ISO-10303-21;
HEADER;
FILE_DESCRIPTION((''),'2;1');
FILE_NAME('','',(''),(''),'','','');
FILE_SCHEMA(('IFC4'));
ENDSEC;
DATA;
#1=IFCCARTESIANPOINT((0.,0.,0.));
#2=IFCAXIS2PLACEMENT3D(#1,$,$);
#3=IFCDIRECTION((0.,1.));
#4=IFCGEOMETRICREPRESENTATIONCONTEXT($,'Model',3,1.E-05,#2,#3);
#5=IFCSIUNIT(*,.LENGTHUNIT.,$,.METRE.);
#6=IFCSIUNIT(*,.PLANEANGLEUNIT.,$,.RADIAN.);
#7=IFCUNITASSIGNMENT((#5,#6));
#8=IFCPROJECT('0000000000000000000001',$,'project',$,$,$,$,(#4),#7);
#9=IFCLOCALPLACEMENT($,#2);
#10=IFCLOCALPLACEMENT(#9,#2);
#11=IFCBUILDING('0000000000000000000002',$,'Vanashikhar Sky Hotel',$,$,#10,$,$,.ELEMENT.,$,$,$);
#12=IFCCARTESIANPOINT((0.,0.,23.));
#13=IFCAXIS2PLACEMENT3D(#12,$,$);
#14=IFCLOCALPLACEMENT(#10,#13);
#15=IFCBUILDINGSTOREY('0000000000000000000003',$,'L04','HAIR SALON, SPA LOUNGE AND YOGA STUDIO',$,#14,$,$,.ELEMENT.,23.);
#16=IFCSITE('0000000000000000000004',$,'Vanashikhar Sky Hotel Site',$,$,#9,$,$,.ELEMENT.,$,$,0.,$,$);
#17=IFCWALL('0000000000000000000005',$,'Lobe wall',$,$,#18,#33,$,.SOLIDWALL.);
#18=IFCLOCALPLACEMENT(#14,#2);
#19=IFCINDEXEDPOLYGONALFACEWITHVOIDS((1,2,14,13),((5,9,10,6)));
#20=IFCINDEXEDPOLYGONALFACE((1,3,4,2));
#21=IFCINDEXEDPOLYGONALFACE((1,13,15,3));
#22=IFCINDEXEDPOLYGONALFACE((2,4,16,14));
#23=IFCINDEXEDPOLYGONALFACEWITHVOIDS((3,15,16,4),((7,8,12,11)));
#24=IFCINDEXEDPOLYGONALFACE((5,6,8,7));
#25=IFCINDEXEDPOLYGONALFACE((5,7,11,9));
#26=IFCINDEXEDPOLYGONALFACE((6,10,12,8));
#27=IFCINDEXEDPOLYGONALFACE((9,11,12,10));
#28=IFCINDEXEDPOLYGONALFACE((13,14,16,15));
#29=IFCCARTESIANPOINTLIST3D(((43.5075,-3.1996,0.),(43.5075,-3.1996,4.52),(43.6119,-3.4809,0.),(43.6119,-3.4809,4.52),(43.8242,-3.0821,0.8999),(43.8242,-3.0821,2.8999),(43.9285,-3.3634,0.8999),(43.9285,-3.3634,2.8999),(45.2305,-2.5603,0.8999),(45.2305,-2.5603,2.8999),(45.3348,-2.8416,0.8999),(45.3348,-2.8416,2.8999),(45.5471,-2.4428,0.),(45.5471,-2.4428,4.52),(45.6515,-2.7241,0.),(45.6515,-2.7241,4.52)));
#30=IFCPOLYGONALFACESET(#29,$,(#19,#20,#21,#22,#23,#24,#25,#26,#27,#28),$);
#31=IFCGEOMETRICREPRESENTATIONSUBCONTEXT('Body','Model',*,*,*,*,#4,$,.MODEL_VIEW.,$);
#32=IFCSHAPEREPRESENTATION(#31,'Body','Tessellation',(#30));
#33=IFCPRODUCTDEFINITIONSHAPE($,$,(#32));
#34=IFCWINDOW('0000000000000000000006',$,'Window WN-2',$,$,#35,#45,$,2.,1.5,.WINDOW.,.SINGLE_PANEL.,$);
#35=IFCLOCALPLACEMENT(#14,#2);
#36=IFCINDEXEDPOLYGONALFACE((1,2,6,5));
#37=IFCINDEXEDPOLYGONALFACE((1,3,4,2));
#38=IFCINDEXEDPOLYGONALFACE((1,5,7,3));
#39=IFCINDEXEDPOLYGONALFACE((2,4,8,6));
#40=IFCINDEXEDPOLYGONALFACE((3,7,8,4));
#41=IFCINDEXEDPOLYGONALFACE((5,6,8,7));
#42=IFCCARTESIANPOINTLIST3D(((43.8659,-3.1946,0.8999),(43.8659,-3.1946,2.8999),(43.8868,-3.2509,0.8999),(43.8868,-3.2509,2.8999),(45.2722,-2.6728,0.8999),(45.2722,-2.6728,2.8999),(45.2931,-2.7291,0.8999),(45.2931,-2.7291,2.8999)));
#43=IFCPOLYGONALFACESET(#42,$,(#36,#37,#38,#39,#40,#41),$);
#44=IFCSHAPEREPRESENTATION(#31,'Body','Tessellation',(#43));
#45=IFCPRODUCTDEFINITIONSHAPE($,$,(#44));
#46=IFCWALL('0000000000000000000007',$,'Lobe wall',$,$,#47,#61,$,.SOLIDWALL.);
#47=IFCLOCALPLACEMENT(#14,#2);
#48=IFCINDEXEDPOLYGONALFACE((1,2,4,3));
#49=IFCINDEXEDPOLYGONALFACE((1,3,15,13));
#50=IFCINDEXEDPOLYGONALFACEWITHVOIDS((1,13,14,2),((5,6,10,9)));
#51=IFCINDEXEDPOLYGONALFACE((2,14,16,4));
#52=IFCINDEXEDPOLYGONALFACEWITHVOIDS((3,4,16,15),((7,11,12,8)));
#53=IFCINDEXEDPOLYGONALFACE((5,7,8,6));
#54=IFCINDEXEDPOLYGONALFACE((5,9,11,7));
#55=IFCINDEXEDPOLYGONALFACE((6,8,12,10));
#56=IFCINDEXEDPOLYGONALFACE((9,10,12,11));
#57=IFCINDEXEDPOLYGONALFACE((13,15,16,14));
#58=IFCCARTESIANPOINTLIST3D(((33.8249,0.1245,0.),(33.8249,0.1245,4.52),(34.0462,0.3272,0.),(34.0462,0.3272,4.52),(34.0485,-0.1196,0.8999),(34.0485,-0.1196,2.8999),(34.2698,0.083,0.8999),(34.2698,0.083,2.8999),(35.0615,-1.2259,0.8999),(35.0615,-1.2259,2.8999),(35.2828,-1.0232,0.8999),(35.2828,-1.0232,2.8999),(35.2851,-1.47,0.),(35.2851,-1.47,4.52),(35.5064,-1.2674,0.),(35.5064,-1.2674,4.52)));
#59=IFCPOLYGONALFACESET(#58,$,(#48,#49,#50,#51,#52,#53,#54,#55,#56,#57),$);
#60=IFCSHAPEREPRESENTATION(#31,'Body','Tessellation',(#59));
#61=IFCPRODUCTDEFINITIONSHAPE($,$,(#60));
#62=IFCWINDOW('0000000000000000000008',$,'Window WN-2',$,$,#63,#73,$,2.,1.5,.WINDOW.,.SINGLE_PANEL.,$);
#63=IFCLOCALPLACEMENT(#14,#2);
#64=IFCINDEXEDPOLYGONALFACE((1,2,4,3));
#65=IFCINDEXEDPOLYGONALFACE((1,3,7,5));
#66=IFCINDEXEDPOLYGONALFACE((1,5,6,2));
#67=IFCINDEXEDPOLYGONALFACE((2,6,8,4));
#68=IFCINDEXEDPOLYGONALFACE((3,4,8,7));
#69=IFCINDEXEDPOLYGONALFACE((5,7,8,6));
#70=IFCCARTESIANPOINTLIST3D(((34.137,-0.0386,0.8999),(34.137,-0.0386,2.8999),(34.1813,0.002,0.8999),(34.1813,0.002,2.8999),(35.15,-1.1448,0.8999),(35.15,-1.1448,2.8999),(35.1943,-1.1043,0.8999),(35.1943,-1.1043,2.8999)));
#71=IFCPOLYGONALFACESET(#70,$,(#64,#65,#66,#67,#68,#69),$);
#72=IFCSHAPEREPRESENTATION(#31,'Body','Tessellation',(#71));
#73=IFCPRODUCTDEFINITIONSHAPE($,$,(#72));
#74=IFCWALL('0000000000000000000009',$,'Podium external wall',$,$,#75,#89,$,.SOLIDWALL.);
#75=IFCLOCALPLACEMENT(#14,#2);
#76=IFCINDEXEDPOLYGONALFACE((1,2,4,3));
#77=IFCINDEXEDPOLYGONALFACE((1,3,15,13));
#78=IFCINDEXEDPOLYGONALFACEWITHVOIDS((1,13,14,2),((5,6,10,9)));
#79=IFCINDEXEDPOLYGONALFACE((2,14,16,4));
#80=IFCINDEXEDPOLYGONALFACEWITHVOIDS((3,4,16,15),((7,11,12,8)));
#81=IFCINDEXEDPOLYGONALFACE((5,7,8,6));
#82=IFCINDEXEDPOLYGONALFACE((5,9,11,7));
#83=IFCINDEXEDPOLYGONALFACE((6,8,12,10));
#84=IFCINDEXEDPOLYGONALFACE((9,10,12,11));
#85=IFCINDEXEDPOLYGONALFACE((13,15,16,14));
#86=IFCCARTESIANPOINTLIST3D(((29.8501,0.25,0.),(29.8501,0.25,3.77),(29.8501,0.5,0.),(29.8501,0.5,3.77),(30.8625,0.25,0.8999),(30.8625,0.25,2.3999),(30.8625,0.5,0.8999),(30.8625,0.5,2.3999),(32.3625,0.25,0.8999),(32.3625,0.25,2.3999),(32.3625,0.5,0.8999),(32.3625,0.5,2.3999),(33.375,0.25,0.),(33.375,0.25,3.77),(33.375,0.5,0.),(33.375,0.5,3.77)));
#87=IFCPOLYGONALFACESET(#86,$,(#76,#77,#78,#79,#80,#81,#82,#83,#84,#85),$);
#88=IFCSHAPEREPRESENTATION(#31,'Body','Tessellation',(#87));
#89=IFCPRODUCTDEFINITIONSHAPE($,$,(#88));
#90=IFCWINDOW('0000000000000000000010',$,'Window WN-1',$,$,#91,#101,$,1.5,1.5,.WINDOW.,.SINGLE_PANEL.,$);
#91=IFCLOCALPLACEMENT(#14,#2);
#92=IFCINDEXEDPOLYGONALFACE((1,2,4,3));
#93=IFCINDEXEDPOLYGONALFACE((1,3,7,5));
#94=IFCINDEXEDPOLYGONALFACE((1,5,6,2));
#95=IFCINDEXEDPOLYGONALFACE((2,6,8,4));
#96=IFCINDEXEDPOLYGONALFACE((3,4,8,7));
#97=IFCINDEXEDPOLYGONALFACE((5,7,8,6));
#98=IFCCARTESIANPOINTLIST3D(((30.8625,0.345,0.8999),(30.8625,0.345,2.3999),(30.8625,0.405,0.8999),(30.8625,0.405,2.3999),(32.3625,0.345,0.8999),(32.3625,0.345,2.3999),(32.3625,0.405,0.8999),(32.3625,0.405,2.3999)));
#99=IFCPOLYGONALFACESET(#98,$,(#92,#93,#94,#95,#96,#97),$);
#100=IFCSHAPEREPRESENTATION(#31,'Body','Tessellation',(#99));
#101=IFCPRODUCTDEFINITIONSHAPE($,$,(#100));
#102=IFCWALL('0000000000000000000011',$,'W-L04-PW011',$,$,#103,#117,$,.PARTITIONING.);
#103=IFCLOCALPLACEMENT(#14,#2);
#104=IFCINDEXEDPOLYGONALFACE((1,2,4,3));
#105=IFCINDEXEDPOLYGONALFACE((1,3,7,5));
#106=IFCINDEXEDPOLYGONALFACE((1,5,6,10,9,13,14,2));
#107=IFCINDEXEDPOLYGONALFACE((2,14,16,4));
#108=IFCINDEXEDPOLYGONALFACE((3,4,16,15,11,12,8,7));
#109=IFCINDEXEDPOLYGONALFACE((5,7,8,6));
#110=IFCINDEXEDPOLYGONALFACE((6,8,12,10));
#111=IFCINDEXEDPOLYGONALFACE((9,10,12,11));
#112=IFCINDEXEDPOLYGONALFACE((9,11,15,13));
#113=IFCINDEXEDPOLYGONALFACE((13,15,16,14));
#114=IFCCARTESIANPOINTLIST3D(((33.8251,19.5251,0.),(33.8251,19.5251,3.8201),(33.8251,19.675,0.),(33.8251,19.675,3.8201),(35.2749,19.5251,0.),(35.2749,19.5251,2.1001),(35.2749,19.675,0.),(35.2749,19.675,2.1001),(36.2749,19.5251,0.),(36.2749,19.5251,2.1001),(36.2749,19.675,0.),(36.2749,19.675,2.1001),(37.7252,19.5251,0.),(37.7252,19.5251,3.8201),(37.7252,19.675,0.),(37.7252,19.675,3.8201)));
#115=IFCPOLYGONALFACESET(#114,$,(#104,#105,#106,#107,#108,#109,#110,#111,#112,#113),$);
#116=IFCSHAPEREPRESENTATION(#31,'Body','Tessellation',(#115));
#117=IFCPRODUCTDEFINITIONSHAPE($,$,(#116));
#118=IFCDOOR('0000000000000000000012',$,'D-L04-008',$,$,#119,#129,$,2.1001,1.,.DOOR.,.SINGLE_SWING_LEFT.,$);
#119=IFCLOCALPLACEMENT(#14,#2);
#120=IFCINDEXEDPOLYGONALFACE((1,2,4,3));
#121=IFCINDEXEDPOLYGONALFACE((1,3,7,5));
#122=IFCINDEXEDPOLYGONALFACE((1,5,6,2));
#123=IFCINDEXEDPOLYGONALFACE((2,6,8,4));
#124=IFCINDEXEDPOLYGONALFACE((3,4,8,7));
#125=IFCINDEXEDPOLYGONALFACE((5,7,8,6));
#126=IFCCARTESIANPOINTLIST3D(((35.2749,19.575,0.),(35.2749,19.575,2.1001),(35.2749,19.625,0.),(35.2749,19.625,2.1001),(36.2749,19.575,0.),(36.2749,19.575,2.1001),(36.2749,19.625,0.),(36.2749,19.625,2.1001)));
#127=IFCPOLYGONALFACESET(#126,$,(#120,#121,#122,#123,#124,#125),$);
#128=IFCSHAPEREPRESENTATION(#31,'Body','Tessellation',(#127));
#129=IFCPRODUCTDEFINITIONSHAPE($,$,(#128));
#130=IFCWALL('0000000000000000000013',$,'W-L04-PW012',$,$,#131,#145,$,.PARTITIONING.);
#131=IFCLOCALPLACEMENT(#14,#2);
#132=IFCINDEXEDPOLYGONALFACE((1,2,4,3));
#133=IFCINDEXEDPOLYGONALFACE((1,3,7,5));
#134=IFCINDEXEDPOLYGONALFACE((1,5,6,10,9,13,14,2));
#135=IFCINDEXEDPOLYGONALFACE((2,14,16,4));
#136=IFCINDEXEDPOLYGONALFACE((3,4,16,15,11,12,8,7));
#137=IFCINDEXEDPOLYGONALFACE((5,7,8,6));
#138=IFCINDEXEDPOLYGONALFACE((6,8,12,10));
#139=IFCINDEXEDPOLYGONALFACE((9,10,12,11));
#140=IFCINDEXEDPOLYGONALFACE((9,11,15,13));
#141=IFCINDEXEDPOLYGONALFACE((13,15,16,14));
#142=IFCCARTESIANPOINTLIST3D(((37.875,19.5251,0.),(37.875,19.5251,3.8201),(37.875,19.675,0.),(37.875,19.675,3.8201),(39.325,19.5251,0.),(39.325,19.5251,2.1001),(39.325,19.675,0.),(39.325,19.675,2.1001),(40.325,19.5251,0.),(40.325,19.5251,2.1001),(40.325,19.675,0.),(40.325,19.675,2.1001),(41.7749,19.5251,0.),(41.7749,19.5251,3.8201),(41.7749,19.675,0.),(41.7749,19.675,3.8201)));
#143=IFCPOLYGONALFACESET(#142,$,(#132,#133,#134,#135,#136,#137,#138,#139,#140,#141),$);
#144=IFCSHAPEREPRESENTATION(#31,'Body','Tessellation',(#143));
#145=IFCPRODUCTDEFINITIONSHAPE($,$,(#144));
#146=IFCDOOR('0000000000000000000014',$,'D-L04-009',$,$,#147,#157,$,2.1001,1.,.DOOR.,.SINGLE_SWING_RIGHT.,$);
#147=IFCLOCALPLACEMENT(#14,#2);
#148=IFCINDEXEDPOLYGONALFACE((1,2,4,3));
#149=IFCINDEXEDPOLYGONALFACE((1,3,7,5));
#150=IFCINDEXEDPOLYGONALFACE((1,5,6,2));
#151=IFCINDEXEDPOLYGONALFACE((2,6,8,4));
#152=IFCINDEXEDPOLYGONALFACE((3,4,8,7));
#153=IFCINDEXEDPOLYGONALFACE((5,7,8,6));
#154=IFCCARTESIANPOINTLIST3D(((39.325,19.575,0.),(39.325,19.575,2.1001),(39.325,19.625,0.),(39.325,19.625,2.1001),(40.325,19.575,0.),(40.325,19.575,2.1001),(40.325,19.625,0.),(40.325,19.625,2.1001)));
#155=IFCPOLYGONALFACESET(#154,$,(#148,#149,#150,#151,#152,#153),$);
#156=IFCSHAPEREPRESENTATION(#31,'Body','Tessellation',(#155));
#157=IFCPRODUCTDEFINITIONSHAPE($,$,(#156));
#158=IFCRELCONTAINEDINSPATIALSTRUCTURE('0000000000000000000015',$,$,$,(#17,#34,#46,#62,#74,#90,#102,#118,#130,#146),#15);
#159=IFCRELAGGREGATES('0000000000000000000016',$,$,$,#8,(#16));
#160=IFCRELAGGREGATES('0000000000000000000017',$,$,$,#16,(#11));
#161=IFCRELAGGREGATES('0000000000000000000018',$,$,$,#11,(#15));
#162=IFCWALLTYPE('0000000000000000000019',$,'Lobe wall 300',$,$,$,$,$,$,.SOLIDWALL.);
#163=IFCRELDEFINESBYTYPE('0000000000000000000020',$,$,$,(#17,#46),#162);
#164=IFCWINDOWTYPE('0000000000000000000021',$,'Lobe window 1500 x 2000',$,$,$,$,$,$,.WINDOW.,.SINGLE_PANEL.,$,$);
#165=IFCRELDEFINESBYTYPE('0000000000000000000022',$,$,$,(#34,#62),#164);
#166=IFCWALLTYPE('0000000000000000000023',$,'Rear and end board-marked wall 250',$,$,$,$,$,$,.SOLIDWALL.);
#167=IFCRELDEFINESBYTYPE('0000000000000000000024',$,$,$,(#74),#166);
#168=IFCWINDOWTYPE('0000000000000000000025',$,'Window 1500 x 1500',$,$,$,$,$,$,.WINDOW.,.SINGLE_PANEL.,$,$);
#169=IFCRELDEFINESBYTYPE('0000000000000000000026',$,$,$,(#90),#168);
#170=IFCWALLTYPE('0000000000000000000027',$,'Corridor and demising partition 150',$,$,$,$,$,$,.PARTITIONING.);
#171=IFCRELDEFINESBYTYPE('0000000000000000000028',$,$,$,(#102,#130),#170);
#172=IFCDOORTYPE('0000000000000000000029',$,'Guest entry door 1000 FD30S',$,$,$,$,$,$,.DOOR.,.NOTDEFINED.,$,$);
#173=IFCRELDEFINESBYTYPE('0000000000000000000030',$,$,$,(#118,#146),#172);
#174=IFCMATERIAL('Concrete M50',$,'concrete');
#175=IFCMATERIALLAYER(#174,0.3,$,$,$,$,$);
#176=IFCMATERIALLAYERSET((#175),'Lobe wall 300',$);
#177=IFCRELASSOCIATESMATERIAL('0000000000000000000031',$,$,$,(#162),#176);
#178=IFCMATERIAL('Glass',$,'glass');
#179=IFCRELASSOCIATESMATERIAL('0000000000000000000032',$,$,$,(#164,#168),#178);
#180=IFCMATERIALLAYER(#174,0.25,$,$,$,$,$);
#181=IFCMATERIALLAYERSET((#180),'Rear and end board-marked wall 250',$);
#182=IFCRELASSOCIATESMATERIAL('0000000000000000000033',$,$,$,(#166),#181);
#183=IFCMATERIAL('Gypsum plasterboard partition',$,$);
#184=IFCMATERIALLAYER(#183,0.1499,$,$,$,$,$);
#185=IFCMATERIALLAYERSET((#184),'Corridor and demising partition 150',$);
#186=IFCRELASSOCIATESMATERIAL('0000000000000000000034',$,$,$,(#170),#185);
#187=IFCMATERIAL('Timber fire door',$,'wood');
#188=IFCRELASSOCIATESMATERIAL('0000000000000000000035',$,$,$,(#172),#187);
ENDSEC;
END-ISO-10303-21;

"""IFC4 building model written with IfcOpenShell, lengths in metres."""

from ifc_helpers import new_model, si_unit, direction, frame, frame_2d, origin, place, context, subcontext, project, spatial, rectangle, extrude, source, transform, mapped, material, layer, layer_set, type_object, element, fill, save


model = new_model("IFC4")

# Units and contexts
model_context = context("Model", 3, precision=1e-05, world=origin(), true_north=direction((0.0, 1.0)))
body_context = subcontext(model_context, "Body", "Model", "MODEL_VIEW")
ifc_project = project(units=[si_unit("LENGTHUNIT", "METRE"), si_unit("PLANEANGLEUNIT", "RADIAN")], contexts=[model_context])

# Site, building, storey
site_placement = place(None, origin())
site = spatial("IfcSite", under=ifc_project, at=site_placement, Name="Vanashikhar Sky Hotel Site", CompositionType="ELEMENT", RefElevation=0.0)
building_placement = place(site_placement, origin())
building = spatial("IfcBuilding", under=site, at=building_placement, Name="Vanashikhar Sky Hotel", CompositionType="ELEMENT")
storey_placement = place(building_placement, frame((0.0, 0.0, 23.0)))
storey = spatial("IfcBuildingStorey", under=building, at=storey_placement, Name="L04", Description="HAIR SALON, SPA LOUNGE AND YOGA STUDIO", CompositionType="ELEMENT", Elevation=23.0)

# Shared definitions
ifc_material_1 = material(Name="Concrete M50", Category="concrete")

# Walls, openings, windows
ifc_layer_1 = layer(ifc_material_1, 0.3)
ifc_layer_set_1 = layer_set([ifc_layer_1], Name="Lobe wall 300")
wall_type_1 = type_object("IfcWallType", Name="Lobe wall 300", PredefinedType="SOLIDWALL", material=ifc_layer_set_1)
shared_shape_1 = source(origin(), body_context, "Body", "SweptSolid", [
    extrude(rectangle(XDim=1.5, YDim=2.0, at=frame_2d((0.75, 1.0))), frame((0.0, 0.1602, 0.0), z_axis=(0.0, -1.0, 0.0), x_axis=(1.0, 0.0, 0.0)), (0.0, 0.0, 1.0), 0.3201),
])
ifc_material_2 = material(Name="Glass", Category="glass")
window_type_1 = type_object("IfcWindowType", Name="Lobe window 1500 x 2000", PartitioningType="SINGLE_PANEL", PredefinedType="WINDOW", material=ifc_material_2)
shared_shape_2 = source(origin(), body_context, "Body", "SweptSolid", [
    extrude(rectangle(XDim=1.5, YDim=2.0, at=frame_2d((0.75, 1.0))), frame((0.0, 0.03, 0.0), z_axis=(0.0, -1.0, 0.0), x_axis=(1.0, 0.0, 0.0)), (0.0, 0.0, 1.0), 0.0601),
])
shared_shape_3 = source(origin(), body_context, "Body", "SweptSolid", [
    extrude(rectangle(XDim=2.1755, YDim=0.3, at=frame_2d((1.0879, 0.0))), origin(), (0.0, 0.0, 1.0), 4.52),
])
wall_1_placement = place(storey_placement, frame((43.5596, -3.3403, 0.0), z_axis=(0.0, 0.0, 1.0), x_axis=(0.937532, 0.347899, 0.0)))
wall_1 = element("IfcWall", 1, at=wall_1_placement, inside=storey, type_object=wall_type_1, Name="Lobe wall", PredefinedType="SOLIDWALL", context=body_context, shape_type="MappedRepresentation", body=[
    mapped(shared_shape_3, transform((0.0, 0.0, 0.0), scale=1.0)),
])
opening_1_placement = place(wall_1_placement, frame((0.3379, 0.0, 0.8999)))
opening_1 = element("IfcOpeningElement", 2, at=opening_1_placement, cuts=wall_1, PredefinedType="OPENING", context=body_context, shape_type="MappedRepresentation", body=[
    mapped(shared_shape_1, transform((0.0, 0.0, 0.0), scale=1.0)),
])
window_1_placement = place(opening_1_placement, origin())
window_1 = element("IfcWindow", 3, at=window_1_placement, inside=storey, type_object=window_type_1, Name="Window WN-2", OverallHeight=2.0, OverallWidth=1.5, PartitioningType="SINGLE_PANEL", PredefinedType="WINDOW", context=body_context, shape_type="MappedRepresentation", body=[
    mapped(shared_shape_2, transform((0.0, 0.0, 0.0), scale=1.0)),
])
fill(opening_1, window_1)
shared_shape_4 = source(origin(), body_context, "Body", "SweptSolid", [
    extrude(rectangle(XDim=2.1621, YDim=0.3, at=frame_2d((1.0811, 0.0))), origin(), (0.0, 0.0, 1.0), 4.52),
])
wall_2_placement = place(storey_placement, frame((33.9355, 0.2258, 0.0), z_axis=(0.0, 0.0, 1.0), x_axis=(0.675372, -0.737477, 0.0)))
wall_2 = element("IfcWall", 4, at=wall_2_placement, inside=storey, type_object=wall_type_1, Name="Lobe wall", PredefinedType="SOLIDWALL", context=body_context, shape_type="MappedRepresentation", body=[
    mapped(shared_shape_4, transform((0.0, 0.0, 0.0), scale=1.0)),
])
opening_2_placement = place(wall_2_placement, frame((0.3311, 0.0, 0.8999)))
opening_2 = element("IfcOpeningElement", 5, at=opening_2_placement, cuts=wall_2, PredefinedType="OPENING", context=body_context, shape_type="MappedRepresentation", body=[
    mapped(shared_shape_1, transform((0.0, 0.0, 0.0), scale=1.0)),
])
window_2_placement = place(opening_2_placement, origin())
window_2 = element("IfcWindow", 6, at=window_2_placement, inside=storey, type_object=window_type_1, Name="Window WN-2", OverallHeight=2.0, OverallWidth=1.5, PartitioningType="SINGLE_PANEL", PredefinedType="WINDOW", context=body_context, shape_type="MappedRepresentation", body=[
    mapped(shared_shape_2, transform((0.0, 0.0, 0.0), scale=1.0)),
])
fill(opening_2, window_2)
ifc_layer_2 = layer(ifc_material_1, 0.25)
ifc_layer_set_2 = layer_set([ifc_layer_2], Name="Rear and end board-marked wall 250")
wall_type_2 = type_object("IfcWallType", Name="Rear and end board-marked wall 250", PredefinedType="SOLIDWALL", material=ifc_layer_set_2)
shared_shape_5 = source(origin(), body_context, "Body", "SweptSolid", [
    extrude(rectangle(XDim=3.5249, YDim=0.25, at=frame_2d((1.7625, 0.0))), origin(), (0.0, 0.0, 1.0), 3.77),
])
wall_3_placement = place(storey_placement, frame((29.8501, 0.375, 0.0), z_axis=(0.0, 0.0, 1.0), x_axis=(1.0, 0.0, 0.0)))
wall_3 = element("IfcWall", 7, at=wall_3_placement, inside=storey, type_object=wall_type_2, Name="Podium external wall", PredefinedType="SOLIDWALL", context=body_context, shape_type="MappedRepresentation", body=[
    mapped(shared_shape_5, transform((0.0, 0.0, 0.0), scale=1.0)),
])
shared_shape_6 = source(origin(), body_context, "Body", "SweptSolid", [
    extrude(rectangle(XDim=1.5, YDim=1.5, at=frame_2d((0.75, 0.75))), frame((0.0, 0.135, 0.0), z_axis=(0.0, -1.0, 0.0), x_axis=(1.0, 0.0, 0.0)), (0.0, 0.0, 1.0), 0.27),
])
opening_3_placement = place(wall_3_placement, frame((1.0125, 0.0, 0.8999)))
opening_3 = element("IfcOpeningElement", 8, at=opening_3_placement, cuts=wall_3, PredefinedType="OPENING", context=body_context, shape_type="MappedRepresentation", body=[
    mapped(shared_shape_6, transform((0.0, 0.0, 0.0), scale=1.0)),
])
window_type_2 = type_object("IfcWindowType", Name="Window 1500 x 1500", PartitioningType="SINGLE_PANEL", PredefinedType="WINDOW", material=ifc_material_2)
shared_shape_7 = source(origin(), body_context, "Body", "SweptSolid", [
    extrude(rectangle(XDim=1.5, YDim=1.5, at=frame_2d((0.75, 0.75))), frame((0.0, 0.03, 0.0), z_axis=(0.0, -1.0, 0.0), x_axis=(1.0, 0.0, 0.0)), (0.0, 0.0, 1.0), 0.0601),
])
window_3_placement = place(opening_3_placement, origin())
window_3 = element("IfcWindow", 9, at=window_3_placement, inside=storey, type_object=window_type_2, Name="Window WN-1", OverallHeight=1.5, OverallWidth=1.5, PartitioningType="SINGLE_PANEL", PredefinedType="WINDOW", context=body_context, shape_type="MappedRepresentation", body=[
    mapped(shared_shape_7, transform((0.0, 0.0, 0.0), scale=1.0)),
])
fill(opening_3, window_3)

# Walls, openings, doors
ifc_material_3 = material(Name="Gypsum plasterboard partition")
ifc_layer_3 = layer(ifc_material_3, 0.1499)
ifc_layer_set_3 = layer_set([ifc_layer_3], Name="Corridor and demising partition 150")
wall_type_3 = type_object("IfcWallType", Name="Corridor and demising partition 150", PredefinedType="PARTITIONING", material=ifc_layer_set_3)
shared_shape_8 = source(origin(), body_context, "Body", "SweptSolid", [
    extrude(rectangle(XDim=3.9001, YDim=0.1499, at=frame_2d((1.9502, 0.0))), origin(), (0.0, 0.0, 1.0), 3.8201),
])
wall_4_placement = place(storey_placement, frame((33.825, 19.6001, 0.0), z_axis=(0.0, 0.0, 1.0), x_axis=(1.0, 0.0, 0.0)))
wall_4 = element("IfcWall", 10, at=wall_4_placement, inside=storey, type_object=wall_type_3, Name="W-L04-PW011", PredefinedType="PARTITIONING", context=body_context, shape_type="MappedRepresentation", body=[
    mapped(shared_shape_8, transform((0.0, 0.0, 0.0), scale=1.0)),
])
shared_shape_9 = source(origin(), body_context, "Body", "SweptSolid", [
    extrude(rectangle(XDim=1.0, YDim=2.1001, at=frame_2d((0.5, 1.05))), frame((0.0, 0.085, 0.0), z_axis=(0.0, -1.0, 0.0), x_axis=(1.0, 0.0, 0.0)), (0.0, 0.0, 1.0), 0.1699),
])
opening_4_placement = place(wall_4_placement, frame((1.45, 0.0, 0.0)))
opening_4 = element("IfcOpeningElement", 11, at=opening_4_placement, cuts=wall_4, PredefinedType="OPENING", context=body_context, shape_type="MappedRepresentation", body=[
    mapped(shared_shape_9, transform((0.0, 0.0, 0.0), scale=1.0)),
])
ifc_material_4 = material(Name="Timber fire door", Category="wood")
door_type_1 = type_object("IfcDoorType", Name="Guest entry door 1000 FD30S", OperationType="NOTDEFINED", PredefinedType="DOOR", material=ifc_material_4)
shared_shape_10 = source(origin(), body_context, "Body", "SweptSolid", [
    extrude(rectangle(XDim=1.0, YDim=2.1001, at=frame_2d((0.5, 1.05))), frame((0.0, 0.0249, 0.0), z_axis=(0.0, -1.0, 0.0), x_axis=(1.0, 0.0, 0.0)), (0.0, 0.0, 1.0), 0.05),
])
door_1_placement = place(opening_4_placement, origin())
door_1 = element("IfcDoor", 12, at=door_1_placement, inside=storey, type_object=door_type_1, Name="D-L04-008", OperationType="SINGLE_SWING_LEFT", OverallHeight=2.1001, OverallWidth=1.0, PredefinedType="DOOR", context=body_context, shape_type="MappedRepresentation", body=[
    mapped(shared_shape_10, transform((0.0, 0.0, 0.0), scale=1.0)),
])
fill(opening_4, door_1)
shared_shape_11 = source(origin(), body_context, "Body", "SweptSolid", [
    extrude(rectangle(XDim=3.8999, YDim=0.1499, at=frame_2d((1.95, 0.0))), origin(), (0.0, 0.0, 1.0), 3.8201),
])
wall_5_placement = place(storey_placement, frame((37.875, 19.6001, 0.0), z_axis=(0.0, 0.0, 1.0), x_axis=(1.0, 0.0, 0.0)))
wall_5 = element("IfcWall", 13, at=wall_5_placement, inside=storey, type_object=wall_type_3, Name="W-L04-PW012", PredefinedType="PARTITIONING", context=body_context, shape_type="MappedRepresentation", body=[
    mapped(shared_shape_11, transform((0.0, 0.0, 0.0), scale=1.0)),
])
opening_5_placement = place(wall_5_placement, frame((1.45, 0.0, 0.0)))
opening_5 = element("IfcOpeningElement", 14, at=opening_5_placement, cuts=wall_5, PredefinedType="OPENING", context=body_context, shape_type="MappedRepresentation", body=[
    mapped(shared_shape_9, transform((0.0, 0.0, 0.0), scale=1.0)),
])
door_2_placement = place(opening_5_placement, origin())
door_2 = element("IfcDoor", 15, at=door_2_placement, inside=storey, type_object=door_type_1, Name="D-L04-009", OperationType="SINGLE_SWING_RIGHT", OverallHeight=2.1001, OverallWidth=1.0, PredefinedType="DOOR", context=body_context, shape_type="MappedRepresentation", body=[
    mapped(shared_shape_10, transform((0.0, 0.0, 0.0), scale=1.0)),
])
fill(opening_5, door_2)

save(model, "model.ifc")
